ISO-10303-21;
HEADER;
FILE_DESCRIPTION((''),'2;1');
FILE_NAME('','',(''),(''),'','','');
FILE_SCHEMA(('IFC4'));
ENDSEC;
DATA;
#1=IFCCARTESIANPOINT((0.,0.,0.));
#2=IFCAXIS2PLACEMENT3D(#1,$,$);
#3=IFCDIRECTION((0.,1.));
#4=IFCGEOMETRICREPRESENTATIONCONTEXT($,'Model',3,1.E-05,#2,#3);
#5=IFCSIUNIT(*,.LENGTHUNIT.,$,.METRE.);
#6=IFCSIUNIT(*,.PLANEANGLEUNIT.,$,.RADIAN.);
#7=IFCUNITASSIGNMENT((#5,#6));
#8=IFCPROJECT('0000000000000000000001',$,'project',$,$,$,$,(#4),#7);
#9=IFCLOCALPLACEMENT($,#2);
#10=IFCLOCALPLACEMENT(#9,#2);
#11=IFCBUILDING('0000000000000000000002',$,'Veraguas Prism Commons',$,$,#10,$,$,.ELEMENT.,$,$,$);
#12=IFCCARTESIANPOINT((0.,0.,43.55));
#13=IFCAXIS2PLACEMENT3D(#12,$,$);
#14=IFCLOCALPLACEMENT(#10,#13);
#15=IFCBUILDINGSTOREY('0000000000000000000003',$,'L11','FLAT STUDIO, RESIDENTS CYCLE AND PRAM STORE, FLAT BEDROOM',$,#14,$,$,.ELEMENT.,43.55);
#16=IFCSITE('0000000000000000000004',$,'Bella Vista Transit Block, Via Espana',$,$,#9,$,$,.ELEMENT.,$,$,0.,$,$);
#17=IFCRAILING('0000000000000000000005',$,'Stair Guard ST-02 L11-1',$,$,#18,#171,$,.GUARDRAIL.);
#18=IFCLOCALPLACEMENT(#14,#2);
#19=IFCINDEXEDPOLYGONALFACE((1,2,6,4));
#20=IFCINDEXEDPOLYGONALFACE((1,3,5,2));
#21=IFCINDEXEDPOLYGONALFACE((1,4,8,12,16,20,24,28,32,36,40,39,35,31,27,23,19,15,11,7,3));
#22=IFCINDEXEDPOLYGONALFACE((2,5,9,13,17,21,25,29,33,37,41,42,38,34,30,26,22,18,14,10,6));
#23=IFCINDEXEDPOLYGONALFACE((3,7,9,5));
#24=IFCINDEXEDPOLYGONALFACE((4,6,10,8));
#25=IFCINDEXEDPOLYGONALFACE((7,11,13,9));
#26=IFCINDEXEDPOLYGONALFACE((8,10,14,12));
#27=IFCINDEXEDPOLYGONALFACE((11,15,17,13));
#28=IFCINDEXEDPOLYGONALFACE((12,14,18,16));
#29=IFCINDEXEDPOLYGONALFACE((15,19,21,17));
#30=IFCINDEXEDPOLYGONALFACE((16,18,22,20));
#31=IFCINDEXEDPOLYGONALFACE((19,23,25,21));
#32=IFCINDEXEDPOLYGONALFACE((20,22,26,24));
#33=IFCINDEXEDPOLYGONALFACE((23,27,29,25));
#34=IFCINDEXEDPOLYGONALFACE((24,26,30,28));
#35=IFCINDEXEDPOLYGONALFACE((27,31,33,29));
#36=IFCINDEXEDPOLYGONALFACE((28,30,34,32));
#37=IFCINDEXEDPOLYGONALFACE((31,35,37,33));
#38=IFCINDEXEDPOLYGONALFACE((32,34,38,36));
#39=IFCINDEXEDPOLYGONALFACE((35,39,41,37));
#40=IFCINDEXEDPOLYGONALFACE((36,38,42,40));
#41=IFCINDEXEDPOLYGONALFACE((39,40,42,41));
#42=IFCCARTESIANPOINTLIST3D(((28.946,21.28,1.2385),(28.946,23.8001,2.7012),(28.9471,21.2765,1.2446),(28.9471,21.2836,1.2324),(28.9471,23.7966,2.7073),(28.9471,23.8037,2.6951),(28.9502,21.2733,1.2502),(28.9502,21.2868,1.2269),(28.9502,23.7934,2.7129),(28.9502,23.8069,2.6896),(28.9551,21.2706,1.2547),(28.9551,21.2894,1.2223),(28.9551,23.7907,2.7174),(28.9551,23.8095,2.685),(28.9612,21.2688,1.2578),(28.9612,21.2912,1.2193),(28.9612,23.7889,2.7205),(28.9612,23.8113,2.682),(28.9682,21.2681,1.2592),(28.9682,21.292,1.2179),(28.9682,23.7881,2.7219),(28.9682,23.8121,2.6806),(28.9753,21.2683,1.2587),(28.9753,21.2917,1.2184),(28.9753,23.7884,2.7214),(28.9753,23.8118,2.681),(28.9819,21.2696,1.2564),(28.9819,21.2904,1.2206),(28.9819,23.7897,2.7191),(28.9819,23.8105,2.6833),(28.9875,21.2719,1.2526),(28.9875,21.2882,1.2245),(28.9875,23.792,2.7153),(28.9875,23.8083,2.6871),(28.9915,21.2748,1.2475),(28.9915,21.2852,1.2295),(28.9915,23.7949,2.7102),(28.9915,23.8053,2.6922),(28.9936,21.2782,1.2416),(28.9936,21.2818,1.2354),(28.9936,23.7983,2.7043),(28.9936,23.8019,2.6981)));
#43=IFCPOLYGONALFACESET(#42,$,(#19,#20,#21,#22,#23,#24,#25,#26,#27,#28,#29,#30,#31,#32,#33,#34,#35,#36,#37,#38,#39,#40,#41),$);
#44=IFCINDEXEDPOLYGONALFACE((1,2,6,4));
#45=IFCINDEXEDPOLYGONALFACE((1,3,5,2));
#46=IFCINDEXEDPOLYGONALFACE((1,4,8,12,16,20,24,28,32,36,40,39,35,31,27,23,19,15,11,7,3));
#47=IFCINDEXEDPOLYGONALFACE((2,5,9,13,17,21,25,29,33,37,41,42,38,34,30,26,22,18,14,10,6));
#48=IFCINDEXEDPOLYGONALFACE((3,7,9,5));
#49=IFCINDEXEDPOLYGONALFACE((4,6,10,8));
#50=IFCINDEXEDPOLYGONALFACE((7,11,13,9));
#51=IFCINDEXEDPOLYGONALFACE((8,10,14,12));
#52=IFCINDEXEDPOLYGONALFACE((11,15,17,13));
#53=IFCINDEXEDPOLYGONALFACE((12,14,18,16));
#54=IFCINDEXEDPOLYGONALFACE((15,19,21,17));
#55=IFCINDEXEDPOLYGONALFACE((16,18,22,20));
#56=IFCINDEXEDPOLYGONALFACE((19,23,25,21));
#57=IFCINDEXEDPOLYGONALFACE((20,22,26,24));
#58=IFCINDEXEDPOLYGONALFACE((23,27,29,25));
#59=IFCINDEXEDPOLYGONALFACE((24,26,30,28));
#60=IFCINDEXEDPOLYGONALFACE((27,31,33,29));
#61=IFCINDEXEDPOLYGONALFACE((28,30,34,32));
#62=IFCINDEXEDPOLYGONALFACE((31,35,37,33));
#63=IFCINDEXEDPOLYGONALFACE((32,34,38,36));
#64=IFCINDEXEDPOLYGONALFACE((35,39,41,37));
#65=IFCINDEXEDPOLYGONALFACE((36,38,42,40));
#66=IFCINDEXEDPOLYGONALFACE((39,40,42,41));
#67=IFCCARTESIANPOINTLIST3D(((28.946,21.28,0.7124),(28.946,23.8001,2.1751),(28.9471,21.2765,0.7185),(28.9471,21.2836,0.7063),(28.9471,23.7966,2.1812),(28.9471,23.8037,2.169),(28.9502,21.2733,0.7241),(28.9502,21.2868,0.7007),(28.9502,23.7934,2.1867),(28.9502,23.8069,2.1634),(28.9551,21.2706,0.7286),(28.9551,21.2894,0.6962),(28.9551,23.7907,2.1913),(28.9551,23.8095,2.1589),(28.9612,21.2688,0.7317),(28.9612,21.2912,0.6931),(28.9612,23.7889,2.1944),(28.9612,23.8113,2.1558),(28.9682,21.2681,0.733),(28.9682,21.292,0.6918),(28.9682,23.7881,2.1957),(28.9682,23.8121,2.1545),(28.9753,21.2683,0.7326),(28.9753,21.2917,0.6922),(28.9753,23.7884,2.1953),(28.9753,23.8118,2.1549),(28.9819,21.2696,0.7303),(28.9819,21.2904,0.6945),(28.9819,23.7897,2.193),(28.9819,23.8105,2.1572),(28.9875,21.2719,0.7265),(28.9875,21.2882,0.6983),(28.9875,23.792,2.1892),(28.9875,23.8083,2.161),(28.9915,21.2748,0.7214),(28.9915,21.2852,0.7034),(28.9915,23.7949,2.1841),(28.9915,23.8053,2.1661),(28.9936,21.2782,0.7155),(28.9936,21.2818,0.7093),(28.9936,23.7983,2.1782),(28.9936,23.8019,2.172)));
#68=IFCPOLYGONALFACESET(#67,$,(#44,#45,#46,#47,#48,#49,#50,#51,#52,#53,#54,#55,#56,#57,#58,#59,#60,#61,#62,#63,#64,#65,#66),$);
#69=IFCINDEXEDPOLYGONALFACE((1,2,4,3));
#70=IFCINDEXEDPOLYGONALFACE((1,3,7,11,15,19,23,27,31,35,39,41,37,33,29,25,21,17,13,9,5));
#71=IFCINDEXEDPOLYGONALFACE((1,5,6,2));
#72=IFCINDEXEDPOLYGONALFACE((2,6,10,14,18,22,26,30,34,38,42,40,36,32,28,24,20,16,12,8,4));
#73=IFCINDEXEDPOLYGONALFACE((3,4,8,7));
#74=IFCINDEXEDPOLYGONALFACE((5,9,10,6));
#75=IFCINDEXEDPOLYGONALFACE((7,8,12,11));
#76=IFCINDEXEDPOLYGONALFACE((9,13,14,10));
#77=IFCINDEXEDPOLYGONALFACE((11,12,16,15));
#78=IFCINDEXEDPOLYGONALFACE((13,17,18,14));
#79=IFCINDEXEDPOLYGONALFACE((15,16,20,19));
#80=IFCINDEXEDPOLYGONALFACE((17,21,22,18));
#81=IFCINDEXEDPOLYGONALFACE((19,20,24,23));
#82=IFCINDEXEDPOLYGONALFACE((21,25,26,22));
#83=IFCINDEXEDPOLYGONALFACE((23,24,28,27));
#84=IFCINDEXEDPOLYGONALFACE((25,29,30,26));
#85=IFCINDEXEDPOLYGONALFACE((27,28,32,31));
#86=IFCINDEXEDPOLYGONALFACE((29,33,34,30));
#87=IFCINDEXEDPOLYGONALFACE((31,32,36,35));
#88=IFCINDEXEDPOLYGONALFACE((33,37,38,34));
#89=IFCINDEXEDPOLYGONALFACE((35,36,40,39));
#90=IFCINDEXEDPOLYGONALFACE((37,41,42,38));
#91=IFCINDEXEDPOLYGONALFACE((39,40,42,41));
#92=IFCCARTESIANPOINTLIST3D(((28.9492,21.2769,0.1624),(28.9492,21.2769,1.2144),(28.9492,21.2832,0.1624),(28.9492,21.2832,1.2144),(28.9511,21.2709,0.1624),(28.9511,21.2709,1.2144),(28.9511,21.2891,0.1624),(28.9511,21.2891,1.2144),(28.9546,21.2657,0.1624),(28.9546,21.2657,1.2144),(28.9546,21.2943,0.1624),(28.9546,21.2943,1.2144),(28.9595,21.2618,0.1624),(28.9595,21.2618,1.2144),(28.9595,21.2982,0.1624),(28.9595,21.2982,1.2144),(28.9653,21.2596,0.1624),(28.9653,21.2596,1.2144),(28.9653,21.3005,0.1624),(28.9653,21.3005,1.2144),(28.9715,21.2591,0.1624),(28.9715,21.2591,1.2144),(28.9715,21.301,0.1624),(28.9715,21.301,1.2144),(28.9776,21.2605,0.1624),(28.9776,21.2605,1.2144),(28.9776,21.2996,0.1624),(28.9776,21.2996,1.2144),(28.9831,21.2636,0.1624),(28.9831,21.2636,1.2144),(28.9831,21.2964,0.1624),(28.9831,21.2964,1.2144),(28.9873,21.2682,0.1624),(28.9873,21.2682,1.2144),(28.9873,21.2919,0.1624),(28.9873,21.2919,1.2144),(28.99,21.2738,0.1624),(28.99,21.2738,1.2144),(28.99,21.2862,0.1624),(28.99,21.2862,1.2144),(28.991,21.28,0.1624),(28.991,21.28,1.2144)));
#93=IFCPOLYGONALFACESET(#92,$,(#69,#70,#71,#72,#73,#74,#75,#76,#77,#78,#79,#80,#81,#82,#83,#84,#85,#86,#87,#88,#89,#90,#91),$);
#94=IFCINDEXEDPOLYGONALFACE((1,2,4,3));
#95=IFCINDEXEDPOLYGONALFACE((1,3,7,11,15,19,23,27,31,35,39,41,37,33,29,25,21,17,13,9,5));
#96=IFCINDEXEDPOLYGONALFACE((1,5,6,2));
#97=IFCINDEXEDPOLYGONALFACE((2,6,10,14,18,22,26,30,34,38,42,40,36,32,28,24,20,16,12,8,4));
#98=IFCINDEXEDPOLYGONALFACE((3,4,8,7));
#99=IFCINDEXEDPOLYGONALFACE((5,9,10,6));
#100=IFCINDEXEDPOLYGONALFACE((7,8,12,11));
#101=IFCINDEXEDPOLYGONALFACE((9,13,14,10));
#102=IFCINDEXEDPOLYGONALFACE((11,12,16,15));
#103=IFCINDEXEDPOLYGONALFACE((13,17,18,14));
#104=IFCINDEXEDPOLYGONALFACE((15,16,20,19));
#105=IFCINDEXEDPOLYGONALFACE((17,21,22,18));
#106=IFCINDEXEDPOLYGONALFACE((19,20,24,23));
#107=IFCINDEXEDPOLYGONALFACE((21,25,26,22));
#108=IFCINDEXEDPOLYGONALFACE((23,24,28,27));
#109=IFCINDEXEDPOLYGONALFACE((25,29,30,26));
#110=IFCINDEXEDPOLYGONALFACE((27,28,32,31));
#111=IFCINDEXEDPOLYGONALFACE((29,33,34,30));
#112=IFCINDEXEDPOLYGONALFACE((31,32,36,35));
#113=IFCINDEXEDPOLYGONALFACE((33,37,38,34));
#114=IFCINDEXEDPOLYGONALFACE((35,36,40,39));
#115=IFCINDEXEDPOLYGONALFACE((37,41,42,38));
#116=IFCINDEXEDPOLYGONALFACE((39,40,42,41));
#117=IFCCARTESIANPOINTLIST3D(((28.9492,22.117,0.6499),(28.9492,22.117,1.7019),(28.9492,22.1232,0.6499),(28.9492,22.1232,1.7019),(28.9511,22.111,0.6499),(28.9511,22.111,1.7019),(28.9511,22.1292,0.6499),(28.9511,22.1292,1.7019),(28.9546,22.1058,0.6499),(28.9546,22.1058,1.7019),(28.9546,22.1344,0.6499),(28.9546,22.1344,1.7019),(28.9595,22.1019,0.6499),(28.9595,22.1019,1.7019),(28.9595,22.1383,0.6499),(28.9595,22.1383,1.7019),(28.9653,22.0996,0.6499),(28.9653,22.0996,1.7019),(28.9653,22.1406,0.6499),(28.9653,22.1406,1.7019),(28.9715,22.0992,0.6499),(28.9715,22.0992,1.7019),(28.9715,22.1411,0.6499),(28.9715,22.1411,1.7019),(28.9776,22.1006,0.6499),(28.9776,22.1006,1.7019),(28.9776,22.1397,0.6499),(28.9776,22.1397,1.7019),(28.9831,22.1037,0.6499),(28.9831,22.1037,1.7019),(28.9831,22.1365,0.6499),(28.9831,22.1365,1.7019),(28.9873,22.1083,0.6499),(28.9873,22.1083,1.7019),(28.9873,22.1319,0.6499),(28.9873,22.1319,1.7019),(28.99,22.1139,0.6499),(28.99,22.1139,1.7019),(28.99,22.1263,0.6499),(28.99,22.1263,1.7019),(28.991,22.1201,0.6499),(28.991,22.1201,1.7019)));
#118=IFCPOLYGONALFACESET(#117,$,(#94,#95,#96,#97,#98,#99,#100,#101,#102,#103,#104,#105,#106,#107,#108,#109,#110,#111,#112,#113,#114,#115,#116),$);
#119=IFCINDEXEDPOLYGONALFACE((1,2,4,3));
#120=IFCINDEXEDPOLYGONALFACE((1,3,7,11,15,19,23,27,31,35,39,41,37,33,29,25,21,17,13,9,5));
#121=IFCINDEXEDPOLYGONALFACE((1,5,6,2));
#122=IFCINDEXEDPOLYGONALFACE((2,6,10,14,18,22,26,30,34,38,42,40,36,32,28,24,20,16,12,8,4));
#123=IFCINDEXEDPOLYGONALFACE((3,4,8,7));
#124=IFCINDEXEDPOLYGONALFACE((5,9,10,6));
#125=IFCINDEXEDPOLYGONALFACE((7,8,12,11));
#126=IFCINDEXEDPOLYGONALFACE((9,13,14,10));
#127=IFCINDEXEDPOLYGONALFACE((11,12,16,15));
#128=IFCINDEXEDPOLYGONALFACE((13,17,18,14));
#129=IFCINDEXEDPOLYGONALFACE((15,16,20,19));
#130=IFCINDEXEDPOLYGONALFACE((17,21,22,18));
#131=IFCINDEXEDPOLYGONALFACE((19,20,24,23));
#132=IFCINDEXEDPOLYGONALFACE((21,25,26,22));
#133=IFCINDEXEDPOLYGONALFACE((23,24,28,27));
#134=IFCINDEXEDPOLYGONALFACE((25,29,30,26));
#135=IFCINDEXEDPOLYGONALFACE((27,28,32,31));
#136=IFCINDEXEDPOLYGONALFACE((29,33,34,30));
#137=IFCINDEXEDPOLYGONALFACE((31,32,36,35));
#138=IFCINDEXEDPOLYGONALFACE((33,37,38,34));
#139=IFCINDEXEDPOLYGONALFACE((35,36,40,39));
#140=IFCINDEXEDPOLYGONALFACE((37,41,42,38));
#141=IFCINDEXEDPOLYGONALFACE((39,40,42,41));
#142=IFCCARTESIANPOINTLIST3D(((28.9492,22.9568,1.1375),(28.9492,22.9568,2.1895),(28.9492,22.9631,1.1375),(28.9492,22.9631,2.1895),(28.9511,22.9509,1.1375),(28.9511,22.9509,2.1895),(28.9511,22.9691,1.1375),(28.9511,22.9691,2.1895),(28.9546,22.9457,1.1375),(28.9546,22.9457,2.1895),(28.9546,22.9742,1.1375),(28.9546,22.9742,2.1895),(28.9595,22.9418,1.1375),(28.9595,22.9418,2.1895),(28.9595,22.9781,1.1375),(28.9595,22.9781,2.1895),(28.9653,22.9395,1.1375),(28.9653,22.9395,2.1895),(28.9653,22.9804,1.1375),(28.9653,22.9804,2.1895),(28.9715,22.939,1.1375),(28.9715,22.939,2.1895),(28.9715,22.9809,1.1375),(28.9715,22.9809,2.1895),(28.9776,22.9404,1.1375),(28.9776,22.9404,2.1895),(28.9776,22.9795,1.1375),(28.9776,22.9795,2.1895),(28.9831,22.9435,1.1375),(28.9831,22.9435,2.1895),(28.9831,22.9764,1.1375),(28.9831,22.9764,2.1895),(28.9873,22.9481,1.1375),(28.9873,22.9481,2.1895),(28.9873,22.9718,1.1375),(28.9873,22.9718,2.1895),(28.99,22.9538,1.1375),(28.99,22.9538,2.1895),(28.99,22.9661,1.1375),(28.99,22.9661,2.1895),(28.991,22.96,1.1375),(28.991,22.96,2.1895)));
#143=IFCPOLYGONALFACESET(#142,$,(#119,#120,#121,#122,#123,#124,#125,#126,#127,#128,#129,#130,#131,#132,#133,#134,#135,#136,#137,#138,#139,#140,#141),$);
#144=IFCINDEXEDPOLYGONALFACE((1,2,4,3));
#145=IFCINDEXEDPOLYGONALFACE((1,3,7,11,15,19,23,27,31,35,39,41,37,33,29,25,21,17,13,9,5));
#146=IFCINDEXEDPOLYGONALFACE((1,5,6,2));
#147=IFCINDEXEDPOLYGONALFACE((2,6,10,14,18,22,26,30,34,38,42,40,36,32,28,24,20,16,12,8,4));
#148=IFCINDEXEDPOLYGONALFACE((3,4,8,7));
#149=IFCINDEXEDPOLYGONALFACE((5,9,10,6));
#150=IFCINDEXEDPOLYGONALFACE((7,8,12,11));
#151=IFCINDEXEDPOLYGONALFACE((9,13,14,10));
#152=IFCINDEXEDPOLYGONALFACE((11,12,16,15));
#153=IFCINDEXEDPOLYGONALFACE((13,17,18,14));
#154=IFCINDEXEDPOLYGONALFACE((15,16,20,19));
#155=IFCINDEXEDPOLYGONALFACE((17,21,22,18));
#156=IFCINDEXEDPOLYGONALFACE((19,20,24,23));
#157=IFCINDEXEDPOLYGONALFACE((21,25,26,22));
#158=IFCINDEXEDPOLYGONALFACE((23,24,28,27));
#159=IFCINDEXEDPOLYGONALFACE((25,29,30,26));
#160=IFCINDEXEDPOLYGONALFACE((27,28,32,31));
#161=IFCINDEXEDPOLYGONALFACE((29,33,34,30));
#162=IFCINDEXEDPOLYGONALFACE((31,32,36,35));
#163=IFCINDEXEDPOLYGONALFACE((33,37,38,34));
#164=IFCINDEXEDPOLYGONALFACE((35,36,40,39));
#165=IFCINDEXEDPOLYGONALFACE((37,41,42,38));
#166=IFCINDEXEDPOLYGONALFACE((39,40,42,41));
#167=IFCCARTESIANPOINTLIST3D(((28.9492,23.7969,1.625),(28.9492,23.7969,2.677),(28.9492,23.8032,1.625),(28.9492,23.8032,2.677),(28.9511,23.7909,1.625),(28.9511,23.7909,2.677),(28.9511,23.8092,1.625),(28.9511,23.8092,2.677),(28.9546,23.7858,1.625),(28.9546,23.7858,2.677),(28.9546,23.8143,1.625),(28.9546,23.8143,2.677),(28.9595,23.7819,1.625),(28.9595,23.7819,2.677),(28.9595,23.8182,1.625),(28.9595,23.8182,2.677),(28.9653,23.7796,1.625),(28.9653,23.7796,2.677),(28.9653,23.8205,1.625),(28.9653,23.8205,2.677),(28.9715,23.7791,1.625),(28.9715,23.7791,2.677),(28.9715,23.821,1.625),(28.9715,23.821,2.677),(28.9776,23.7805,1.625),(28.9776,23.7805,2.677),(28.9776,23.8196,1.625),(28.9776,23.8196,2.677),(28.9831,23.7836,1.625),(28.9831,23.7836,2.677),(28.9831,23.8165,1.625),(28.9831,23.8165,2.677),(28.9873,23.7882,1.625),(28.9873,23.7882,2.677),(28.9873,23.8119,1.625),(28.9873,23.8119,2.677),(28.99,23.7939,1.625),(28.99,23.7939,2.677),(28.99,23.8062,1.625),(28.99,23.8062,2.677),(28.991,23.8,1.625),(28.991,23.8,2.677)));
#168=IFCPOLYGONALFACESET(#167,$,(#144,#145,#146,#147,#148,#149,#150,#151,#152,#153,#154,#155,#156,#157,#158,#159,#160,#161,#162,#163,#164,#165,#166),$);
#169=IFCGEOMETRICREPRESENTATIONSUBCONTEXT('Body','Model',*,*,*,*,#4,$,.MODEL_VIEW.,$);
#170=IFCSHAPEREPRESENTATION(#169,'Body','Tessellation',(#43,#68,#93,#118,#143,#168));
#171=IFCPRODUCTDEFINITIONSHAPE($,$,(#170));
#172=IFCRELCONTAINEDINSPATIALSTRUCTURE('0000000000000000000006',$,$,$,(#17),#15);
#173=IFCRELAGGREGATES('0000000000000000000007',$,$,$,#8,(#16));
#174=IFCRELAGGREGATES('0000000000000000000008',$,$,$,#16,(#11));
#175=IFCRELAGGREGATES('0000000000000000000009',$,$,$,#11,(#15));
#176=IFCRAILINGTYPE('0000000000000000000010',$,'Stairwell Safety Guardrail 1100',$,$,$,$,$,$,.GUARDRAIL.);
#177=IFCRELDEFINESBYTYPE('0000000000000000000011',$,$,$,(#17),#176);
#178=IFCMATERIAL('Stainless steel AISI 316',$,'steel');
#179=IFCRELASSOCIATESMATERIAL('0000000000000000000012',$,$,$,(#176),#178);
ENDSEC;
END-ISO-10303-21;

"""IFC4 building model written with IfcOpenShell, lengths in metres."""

from ifc_helpers import new_model, si_unit, direction, frame, origin, origin_2d, place, context, subcontext, project, spatial, circle, extrude, material, type_object, element, save


model = new_model("IFC4")

# Units and contexts
model_context = context("Model", 3, precision=1e-05, world=origin(), true_north=direction((0.0, 1.0)))
body_context = subcontext(model_context, "Body", "Model", "MODEL_VIEW")
ifc_project = project(units=[si_unit("LENGTHUNIT", "METRE"), si_unit("PLANEANGLEUNIT", "RADIAN")], contexts=[model_context])

# Site, building, storey
site_placement = place(None, origin())
site = spatial("IfcSite", under=ifc_project, at=site_placement, Name="Bella Vista Transit Block, Via Espana", CompositionType="ELEMENT", RefElevation=0.0)
building_placement = place(site_placement, origin())
building = spatial("IfcBuilding", under=site, at=building_placement, Name="Veraguas Prism Commons", CompositionType="ELEMENT")
storey_placement = place(building_placement, frame((0.0, 0.0, 43.55)))
storey = spatial("IfcBuildingStorey", under=building, at=storey_placement, Name="L11", Description="FLAT STUDIO, RESIDENTS CYCLE AND PRAM STORE, FLAT BEDROOM", CompositionType="ELEMENT", Elevation=43.55)

# Shared definitions
ifc_material_1 = material(Name="Stainless steel AISI 316", Category="steel")

# Railing
railing_type = type_object("IfcRailingType", Name="Stairwell Safety Guardrail 1100", PredefinedType="GUARDRAIL", material=ifc_material_1)
railing_1_placement = place(storey_placement, frame((28.97, 21.28, 0.1624)))
element("IfcRailing", 1, at=railing_1_placement, inside=storey, type_object=railing_type, Name="Stair Guard ST-02 L11-1", PredefinedType="GUARDRAIL", context=body_context, shape_type="SweptSolid", body=[
    extrude(circle(Radius=0.0239, at=origin_2d()), frame((0.0, 0.0, 1.0762), z_axis=(0.0, 0.864877, 0.501984), x_axis=(-1.0, 0.0, 0.0)), (0.0, 0.0, 1.0), 2.9138),
    extrude(circle(Radius=0.0239, at=origin_2d()), frame((0.0, 0.0, 0.55), z_axis=(0.0, 0.864877, 0.501984), x_axis=(-1.0, 0.0, 0.0)), (0.0, 0.0, 1.0), 2.9138),
    extrude(circle(Radius=0.021, at=origin_2d()), origin(), (0.0, 0.0, 1.0), 1.052),
    extrude(circle(Radius=0.021, at=origin_2d()), frame((0.0, 0.8401, 0.4875)), (0.0, 0.0, 1.0), 1.052),
    extrude(circle(Radius=0.021, at=origin_2d()), frame((0.0, 1.6799, 0.9751)), (0.0, 0.0, 1.0), 1.052),
    extrude(circle(Radius=0.021, at=origin_2d()), frame((0.0, 2.52, 1.4626)), (0.0, 0.0, 1.0), 1.052),
])

save(model, "model.ifc")
